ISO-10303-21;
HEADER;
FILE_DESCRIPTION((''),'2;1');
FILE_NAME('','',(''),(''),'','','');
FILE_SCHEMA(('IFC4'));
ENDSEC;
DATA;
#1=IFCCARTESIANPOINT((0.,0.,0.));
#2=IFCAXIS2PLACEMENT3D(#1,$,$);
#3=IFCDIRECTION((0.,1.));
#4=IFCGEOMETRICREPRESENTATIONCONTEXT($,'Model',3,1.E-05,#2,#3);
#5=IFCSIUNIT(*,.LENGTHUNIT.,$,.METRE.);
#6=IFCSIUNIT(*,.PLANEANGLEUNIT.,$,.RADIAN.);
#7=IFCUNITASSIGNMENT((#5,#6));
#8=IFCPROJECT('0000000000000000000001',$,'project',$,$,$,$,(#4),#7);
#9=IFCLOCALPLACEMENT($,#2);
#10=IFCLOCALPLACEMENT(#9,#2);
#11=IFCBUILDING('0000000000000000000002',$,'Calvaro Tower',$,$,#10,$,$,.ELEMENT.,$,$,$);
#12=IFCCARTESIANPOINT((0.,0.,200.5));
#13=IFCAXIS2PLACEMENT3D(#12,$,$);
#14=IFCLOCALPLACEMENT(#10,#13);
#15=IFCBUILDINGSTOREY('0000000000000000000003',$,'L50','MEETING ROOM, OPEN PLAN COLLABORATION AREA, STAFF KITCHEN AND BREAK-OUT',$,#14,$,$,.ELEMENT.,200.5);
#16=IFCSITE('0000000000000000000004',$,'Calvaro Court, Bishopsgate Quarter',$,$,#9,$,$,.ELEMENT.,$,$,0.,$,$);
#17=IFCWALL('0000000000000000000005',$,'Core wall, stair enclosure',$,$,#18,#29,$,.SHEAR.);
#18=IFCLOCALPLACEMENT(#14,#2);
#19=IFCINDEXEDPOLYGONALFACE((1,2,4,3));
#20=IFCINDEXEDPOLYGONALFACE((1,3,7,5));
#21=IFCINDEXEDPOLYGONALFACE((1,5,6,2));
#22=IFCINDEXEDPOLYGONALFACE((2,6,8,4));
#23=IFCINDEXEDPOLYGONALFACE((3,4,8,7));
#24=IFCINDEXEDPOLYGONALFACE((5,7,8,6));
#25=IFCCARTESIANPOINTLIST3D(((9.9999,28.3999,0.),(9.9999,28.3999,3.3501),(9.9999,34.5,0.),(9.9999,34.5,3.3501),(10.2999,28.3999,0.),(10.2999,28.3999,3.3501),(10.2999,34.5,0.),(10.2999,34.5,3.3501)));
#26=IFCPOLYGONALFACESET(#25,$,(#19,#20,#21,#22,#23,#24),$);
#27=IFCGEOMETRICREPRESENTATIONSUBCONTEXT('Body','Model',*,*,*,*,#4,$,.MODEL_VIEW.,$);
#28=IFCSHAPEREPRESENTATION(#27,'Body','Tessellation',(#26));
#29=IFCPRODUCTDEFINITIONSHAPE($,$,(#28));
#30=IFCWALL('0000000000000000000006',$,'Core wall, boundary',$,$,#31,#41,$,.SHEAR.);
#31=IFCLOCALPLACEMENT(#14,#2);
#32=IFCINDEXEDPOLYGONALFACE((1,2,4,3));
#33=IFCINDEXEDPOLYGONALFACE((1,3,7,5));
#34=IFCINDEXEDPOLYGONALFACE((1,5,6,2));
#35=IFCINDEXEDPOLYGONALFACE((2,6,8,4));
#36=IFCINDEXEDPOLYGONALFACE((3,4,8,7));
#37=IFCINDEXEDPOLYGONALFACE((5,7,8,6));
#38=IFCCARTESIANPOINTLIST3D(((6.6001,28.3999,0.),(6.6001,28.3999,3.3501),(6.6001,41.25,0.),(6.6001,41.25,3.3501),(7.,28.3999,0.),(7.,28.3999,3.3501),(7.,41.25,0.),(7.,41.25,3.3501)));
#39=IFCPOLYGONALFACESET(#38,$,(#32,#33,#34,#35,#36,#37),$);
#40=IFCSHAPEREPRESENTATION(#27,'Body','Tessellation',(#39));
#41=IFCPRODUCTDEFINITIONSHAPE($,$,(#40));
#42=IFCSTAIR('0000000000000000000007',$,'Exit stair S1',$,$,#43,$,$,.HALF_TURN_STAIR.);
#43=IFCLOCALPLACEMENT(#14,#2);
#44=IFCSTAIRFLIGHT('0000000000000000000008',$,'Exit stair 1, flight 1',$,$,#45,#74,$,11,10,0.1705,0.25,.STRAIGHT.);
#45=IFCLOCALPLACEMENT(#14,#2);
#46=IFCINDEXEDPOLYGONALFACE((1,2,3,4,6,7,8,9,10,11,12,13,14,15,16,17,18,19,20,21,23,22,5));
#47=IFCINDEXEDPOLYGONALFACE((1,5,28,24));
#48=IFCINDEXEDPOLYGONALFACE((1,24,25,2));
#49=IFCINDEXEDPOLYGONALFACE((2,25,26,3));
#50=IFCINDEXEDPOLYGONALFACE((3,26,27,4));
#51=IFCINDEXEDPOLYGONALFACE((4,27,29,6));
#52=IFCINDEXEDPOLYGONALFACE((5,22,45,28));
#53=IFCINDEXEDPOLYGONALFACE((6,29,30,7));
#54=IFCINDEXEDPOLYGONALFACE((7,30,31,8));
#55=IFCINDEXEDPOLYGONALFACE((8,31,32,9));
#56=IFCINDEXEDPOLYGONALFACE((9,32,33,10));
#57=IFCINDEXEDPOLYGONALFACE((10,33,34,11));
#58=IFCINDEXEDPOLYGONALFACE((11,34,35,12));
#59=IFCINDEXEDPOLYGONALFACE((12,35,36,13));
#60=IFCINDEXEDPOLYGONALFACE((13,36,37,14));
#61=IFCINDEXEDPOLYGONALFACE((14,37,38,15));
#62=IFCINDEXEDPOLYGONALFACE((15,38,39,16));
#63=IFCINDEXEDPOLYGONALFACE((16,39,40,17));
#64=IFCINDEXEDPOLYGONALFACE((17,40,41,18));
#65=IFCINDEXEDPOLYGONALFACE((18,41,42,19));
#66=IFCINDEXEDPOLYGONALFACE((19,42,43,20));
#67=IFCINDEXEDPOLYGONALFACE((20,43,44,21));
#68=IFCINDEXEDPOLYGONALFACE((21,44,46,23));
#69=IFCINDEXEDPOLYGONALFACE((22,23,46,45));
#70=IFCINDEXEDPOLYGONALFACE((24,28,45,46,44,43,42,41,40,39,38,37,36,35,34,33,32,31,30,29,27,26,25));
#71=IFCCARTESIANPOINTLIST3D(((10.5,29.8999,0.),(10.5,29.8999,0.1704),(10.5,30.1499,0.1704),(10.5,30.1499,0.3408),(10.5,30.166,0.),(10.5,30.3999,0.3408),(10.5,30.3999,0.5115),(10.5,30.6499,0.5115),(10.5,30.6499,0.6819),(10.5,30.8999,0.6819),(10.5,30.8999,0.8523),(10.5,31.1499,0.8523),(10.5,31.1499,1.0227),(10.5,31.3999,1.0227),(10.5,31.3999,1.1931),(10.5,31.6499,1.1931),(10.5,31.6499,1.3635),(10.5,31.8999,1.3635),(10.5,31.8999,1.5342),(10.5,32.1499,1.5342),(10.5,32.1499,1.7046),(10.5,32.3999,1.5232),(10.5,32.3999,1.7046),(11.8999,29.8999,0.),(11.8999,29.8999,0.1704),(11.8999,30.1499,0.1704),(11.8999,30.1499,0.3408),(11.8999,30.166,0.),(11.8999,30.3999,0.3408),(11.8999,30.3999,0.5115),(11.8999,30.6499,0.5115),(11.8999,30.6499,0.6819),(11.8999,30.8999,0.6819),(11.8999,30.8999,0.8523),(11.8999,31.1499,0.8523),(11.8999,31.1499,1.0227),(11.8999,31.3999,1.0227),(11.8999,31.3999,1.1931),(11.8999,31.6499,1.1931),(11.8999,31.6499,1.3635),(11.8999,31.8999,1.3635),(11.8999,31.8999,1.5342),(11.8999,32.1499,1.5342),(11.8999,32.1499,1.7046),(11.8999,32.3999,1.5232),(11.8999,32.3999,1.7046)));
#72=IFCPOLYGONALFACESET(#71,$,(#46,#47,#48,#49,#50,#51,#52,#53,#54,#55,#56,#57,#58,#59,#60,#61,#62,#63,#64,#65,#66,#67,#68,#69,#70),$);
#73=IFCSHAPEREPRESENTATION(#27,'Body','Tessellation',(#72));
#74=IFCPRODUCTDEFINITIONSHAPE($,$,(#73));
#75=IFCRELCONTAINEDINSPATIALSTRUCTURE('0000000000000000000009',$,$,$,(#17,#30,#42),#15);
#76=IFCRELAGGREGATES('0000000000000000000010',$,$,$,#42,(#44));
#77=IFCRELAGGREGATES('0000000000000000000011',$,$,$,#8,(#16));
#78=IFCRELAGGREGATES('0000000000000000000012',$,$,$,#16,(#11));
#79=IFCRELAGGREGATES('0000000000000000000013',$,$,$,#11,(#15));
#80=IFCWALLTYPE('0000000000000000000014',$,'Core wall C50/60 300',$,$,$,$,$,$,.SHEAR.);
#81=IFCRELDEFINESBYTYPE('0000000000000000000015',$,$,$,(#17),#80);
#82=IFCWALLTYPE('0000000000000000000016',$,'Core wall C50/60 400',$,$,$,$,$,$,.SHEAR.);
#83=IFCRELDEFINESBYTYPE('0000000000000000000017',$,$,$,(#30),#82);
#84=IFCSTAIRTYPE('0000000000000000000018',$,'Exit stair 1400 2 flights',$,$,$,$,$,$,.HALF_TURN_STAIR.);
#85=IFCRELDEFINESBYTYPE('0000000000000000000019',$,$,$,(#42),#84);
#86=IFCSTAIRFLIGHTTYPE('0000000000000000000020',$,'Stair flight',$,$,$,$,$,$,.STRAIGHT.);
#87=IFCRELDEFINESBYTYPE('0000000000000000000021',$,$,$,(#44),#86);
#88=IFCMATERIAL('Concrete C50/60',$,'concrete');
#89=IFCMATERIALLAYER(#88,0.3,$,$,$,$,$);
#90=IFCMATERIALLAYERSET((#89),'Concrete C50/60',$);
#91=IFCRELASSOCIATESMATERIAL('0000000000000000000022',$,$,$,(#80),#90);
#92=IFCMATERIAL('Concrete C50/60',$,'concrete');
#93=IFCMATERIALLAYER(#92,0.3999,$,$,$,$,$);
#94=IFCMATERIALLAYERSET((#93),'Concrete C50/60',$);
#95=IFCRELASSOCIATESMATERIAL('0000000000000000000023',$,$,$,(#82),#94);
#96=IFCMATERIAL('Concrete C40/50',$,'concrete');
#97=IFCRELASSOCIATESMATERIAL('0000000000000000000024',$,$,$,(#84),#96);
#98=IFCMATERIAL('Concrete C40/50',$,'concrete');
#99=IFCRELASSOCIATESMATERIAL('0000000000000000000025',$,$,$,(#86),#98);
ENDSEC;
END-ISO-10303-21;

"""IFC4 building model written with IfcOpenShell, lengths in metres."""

from ifc_helpers import new_model, si_unit, direction, frame, frame_2d, origin, place, context, subcontext, project, spatial, polyline, rectangle, outline, extrude, material, layer, layer_set, type_object, element, aggregate, save


model = new_model("IFC4")

# Units and contexts
model_context = context("Model", 3, precision=1e-05, world=origin(), true_north=direction((0.0, 1.0)))
body_context = subcontext(model_context, "Body", "Model", "MODEL_VIEW")
ifc_project = project(units=[si_unit("LENGTHUNIT", "METRE"), si_unit("PLANEANGLEUNIT", "RADIAN")], contexts=[model_context])

# Site, building, storey
site_placement = place(None, origin())
site = spatial("IfcSite", under=ifc_project, at=site_placement, Name="Calvaro Court, Bishopsgate Quarter", CompositionType="ELEMENT", RefElevation=0.0)
building_placement = place(site_placement, origin())
building = spatial("IfcBuilding", under=site, at=building_placement, Name="Calvaro Tower", CompositionType="ELEMENT")
storey_placement = place(building_placement, frame((0.0, 0.0, 200.5)))
storey = spatial("IfcBuildingStorey", under=building, at=storey_placement, Name="L50", Description="MEETING ROOM, OPEN PLAN COLLABORATION AREA, STAFF KITCHEN AND BREAK-OUT", CompositionType="ELEMENT", Elevation=200.5)

# Walls
ifc_material_1 = material(Name="Concrete C50/60", Category="concrete")
ifc_layer_1 = layer(ifc_material_1, 0.3)
ifc_layer_set_1 = layer_set([ifc_layer_1], Name="Concrete C50/60")
wall_type_1 = type_object("IfcWallType", Name="Core wall C50/60 300", PredefinedType="SHEAR", material=ifc_layer_set_1)
wall_1_placement = place(storey_placement, frame((10.1499, 28.3999, 0.0), z_axis=(0.0, 0.0, 1.0), x_axis=(0.0, 1.0, 0.0)))
element("IfcWall", 1, at=wall_1_placement, inside=storey, type_object=wall_type_1, Name="Core wall, stair enclosure", PredefinedType="SHEAR", context=body_context, shape_type="SweptSolid", body=[
    extrude(rectangle(XDim=6.1001, YDim=0.3, at=frame_2d((3.05, 0.0))), origin(), (0.0, 0.0, 1.0), 3.3501),
])
ifc_material_2 = material(Name="Concrete C50/60", Category="concrete")
ifc_layer_2 = layer(ifc_material_2, 0.3999)
ifc_layer_set_2 = layer_set([ifc_layer_2], Name="Concrete C50/60")
wall_type_2 = type_object("IfcWallType", Name="Core wall C50/60 400", PredefinedType="SHEAR", material=ifc_layer_set_2)
wall_2_placement = place(storey_placement, frame((6.8, 28.3999, 0.0), z_axis=(0.0, 0.0, 1.0), x_axis=(0.0, 1.0, 0.0)))
element("IfcWall", 2, at=wall_2_placement, inside=storey, type_object=wall_type_2, Name="Core wall, boundary", PredefinedType="SHEAR", context=body_context, shape_type="SweptSolid", body=[
    extrude(rectangle(XDim=12.8501, YDim=0.3999, at=frame_2d((6.425, 0.0))), origin(), (0.0, 0.0, 1.0), 3.3501),
])

# Stair, stair flight
ifc_material_3 = material(Name="Concrete C40/50", Category="concrete")
stair_type = type_object("IfcStairType", Name="Exit stair 1400 2 flights", PredefinedType="HALF_TURN_STAIR", material=ifc_material_3)
stair_placement = place(storey_placement, origin())
stair = element("IfcStair", 3, at=stair_placement, inside=storey, type_object=stair_type, Name="Exit stair S1", PredefinedType="HALF_TURN_STAIR")
ifc_material_4 = material(Name="Concrete C40/50", Category="concrete")
stair_flight_type = type_object("IfcStairFlightType", Name="Stair flight", PredefinedType="STRAIGHT", material=ifc_material_4)
stair_flight_placement = place(storey_placement, frame((11.2, 29.8999, 0.0), z_axis=(0.0, 0.0, 1.0), x_axis=(0.0, 1.0, 0.0)))
stair_flight = element("IfcStairFlight", 4, at=stair_flight_placement, type_object=stair_flight_type, Name="Exit stair 1, flight 1", NumberOfRisers=11, NumberOfTreads=10, PredefinedType="STRAIGHT", RiserHeight=0.1705, TreadLength=0.25, context=body_context, shape_type="SweptSolid", body=[
    extrude(outline(polyline([(0.0, 0.0), (0.0, 0.1704), (0.25, 0.1704), (0.25, 0.3408), (0.5, 0.3408), (0.5, 0.5115), (0.75, 0.5115), (0.75, 0.6819), (1.0, 0.6819), (1.0, 0.8523), (1.25, 0.8523), (1.25, 1.0227), (1.5, 1.0227), (1.5, 1.1931), (1.75, 1.1931), (1.75, 1.3635), (2.0, 1.3635), (2.0, 1.5342), (2.25, 1.5342), (2.25, 1.7046), (2.5, 1.7046), (2.5, 1.875), (2.5, 1.5232), (0.2661, 0.0), (0.0, 0.0)])), frame((0.0, 0.7, 0.0), z_axis=(0.0, -1.0, 0.0), x_axis=(1.0, 0.0, 0.0)), (0.0, 0.0, 1.0), 1.3999),
])
aggregate(stair, [stair_flight])

save(model, "model.ifc")
